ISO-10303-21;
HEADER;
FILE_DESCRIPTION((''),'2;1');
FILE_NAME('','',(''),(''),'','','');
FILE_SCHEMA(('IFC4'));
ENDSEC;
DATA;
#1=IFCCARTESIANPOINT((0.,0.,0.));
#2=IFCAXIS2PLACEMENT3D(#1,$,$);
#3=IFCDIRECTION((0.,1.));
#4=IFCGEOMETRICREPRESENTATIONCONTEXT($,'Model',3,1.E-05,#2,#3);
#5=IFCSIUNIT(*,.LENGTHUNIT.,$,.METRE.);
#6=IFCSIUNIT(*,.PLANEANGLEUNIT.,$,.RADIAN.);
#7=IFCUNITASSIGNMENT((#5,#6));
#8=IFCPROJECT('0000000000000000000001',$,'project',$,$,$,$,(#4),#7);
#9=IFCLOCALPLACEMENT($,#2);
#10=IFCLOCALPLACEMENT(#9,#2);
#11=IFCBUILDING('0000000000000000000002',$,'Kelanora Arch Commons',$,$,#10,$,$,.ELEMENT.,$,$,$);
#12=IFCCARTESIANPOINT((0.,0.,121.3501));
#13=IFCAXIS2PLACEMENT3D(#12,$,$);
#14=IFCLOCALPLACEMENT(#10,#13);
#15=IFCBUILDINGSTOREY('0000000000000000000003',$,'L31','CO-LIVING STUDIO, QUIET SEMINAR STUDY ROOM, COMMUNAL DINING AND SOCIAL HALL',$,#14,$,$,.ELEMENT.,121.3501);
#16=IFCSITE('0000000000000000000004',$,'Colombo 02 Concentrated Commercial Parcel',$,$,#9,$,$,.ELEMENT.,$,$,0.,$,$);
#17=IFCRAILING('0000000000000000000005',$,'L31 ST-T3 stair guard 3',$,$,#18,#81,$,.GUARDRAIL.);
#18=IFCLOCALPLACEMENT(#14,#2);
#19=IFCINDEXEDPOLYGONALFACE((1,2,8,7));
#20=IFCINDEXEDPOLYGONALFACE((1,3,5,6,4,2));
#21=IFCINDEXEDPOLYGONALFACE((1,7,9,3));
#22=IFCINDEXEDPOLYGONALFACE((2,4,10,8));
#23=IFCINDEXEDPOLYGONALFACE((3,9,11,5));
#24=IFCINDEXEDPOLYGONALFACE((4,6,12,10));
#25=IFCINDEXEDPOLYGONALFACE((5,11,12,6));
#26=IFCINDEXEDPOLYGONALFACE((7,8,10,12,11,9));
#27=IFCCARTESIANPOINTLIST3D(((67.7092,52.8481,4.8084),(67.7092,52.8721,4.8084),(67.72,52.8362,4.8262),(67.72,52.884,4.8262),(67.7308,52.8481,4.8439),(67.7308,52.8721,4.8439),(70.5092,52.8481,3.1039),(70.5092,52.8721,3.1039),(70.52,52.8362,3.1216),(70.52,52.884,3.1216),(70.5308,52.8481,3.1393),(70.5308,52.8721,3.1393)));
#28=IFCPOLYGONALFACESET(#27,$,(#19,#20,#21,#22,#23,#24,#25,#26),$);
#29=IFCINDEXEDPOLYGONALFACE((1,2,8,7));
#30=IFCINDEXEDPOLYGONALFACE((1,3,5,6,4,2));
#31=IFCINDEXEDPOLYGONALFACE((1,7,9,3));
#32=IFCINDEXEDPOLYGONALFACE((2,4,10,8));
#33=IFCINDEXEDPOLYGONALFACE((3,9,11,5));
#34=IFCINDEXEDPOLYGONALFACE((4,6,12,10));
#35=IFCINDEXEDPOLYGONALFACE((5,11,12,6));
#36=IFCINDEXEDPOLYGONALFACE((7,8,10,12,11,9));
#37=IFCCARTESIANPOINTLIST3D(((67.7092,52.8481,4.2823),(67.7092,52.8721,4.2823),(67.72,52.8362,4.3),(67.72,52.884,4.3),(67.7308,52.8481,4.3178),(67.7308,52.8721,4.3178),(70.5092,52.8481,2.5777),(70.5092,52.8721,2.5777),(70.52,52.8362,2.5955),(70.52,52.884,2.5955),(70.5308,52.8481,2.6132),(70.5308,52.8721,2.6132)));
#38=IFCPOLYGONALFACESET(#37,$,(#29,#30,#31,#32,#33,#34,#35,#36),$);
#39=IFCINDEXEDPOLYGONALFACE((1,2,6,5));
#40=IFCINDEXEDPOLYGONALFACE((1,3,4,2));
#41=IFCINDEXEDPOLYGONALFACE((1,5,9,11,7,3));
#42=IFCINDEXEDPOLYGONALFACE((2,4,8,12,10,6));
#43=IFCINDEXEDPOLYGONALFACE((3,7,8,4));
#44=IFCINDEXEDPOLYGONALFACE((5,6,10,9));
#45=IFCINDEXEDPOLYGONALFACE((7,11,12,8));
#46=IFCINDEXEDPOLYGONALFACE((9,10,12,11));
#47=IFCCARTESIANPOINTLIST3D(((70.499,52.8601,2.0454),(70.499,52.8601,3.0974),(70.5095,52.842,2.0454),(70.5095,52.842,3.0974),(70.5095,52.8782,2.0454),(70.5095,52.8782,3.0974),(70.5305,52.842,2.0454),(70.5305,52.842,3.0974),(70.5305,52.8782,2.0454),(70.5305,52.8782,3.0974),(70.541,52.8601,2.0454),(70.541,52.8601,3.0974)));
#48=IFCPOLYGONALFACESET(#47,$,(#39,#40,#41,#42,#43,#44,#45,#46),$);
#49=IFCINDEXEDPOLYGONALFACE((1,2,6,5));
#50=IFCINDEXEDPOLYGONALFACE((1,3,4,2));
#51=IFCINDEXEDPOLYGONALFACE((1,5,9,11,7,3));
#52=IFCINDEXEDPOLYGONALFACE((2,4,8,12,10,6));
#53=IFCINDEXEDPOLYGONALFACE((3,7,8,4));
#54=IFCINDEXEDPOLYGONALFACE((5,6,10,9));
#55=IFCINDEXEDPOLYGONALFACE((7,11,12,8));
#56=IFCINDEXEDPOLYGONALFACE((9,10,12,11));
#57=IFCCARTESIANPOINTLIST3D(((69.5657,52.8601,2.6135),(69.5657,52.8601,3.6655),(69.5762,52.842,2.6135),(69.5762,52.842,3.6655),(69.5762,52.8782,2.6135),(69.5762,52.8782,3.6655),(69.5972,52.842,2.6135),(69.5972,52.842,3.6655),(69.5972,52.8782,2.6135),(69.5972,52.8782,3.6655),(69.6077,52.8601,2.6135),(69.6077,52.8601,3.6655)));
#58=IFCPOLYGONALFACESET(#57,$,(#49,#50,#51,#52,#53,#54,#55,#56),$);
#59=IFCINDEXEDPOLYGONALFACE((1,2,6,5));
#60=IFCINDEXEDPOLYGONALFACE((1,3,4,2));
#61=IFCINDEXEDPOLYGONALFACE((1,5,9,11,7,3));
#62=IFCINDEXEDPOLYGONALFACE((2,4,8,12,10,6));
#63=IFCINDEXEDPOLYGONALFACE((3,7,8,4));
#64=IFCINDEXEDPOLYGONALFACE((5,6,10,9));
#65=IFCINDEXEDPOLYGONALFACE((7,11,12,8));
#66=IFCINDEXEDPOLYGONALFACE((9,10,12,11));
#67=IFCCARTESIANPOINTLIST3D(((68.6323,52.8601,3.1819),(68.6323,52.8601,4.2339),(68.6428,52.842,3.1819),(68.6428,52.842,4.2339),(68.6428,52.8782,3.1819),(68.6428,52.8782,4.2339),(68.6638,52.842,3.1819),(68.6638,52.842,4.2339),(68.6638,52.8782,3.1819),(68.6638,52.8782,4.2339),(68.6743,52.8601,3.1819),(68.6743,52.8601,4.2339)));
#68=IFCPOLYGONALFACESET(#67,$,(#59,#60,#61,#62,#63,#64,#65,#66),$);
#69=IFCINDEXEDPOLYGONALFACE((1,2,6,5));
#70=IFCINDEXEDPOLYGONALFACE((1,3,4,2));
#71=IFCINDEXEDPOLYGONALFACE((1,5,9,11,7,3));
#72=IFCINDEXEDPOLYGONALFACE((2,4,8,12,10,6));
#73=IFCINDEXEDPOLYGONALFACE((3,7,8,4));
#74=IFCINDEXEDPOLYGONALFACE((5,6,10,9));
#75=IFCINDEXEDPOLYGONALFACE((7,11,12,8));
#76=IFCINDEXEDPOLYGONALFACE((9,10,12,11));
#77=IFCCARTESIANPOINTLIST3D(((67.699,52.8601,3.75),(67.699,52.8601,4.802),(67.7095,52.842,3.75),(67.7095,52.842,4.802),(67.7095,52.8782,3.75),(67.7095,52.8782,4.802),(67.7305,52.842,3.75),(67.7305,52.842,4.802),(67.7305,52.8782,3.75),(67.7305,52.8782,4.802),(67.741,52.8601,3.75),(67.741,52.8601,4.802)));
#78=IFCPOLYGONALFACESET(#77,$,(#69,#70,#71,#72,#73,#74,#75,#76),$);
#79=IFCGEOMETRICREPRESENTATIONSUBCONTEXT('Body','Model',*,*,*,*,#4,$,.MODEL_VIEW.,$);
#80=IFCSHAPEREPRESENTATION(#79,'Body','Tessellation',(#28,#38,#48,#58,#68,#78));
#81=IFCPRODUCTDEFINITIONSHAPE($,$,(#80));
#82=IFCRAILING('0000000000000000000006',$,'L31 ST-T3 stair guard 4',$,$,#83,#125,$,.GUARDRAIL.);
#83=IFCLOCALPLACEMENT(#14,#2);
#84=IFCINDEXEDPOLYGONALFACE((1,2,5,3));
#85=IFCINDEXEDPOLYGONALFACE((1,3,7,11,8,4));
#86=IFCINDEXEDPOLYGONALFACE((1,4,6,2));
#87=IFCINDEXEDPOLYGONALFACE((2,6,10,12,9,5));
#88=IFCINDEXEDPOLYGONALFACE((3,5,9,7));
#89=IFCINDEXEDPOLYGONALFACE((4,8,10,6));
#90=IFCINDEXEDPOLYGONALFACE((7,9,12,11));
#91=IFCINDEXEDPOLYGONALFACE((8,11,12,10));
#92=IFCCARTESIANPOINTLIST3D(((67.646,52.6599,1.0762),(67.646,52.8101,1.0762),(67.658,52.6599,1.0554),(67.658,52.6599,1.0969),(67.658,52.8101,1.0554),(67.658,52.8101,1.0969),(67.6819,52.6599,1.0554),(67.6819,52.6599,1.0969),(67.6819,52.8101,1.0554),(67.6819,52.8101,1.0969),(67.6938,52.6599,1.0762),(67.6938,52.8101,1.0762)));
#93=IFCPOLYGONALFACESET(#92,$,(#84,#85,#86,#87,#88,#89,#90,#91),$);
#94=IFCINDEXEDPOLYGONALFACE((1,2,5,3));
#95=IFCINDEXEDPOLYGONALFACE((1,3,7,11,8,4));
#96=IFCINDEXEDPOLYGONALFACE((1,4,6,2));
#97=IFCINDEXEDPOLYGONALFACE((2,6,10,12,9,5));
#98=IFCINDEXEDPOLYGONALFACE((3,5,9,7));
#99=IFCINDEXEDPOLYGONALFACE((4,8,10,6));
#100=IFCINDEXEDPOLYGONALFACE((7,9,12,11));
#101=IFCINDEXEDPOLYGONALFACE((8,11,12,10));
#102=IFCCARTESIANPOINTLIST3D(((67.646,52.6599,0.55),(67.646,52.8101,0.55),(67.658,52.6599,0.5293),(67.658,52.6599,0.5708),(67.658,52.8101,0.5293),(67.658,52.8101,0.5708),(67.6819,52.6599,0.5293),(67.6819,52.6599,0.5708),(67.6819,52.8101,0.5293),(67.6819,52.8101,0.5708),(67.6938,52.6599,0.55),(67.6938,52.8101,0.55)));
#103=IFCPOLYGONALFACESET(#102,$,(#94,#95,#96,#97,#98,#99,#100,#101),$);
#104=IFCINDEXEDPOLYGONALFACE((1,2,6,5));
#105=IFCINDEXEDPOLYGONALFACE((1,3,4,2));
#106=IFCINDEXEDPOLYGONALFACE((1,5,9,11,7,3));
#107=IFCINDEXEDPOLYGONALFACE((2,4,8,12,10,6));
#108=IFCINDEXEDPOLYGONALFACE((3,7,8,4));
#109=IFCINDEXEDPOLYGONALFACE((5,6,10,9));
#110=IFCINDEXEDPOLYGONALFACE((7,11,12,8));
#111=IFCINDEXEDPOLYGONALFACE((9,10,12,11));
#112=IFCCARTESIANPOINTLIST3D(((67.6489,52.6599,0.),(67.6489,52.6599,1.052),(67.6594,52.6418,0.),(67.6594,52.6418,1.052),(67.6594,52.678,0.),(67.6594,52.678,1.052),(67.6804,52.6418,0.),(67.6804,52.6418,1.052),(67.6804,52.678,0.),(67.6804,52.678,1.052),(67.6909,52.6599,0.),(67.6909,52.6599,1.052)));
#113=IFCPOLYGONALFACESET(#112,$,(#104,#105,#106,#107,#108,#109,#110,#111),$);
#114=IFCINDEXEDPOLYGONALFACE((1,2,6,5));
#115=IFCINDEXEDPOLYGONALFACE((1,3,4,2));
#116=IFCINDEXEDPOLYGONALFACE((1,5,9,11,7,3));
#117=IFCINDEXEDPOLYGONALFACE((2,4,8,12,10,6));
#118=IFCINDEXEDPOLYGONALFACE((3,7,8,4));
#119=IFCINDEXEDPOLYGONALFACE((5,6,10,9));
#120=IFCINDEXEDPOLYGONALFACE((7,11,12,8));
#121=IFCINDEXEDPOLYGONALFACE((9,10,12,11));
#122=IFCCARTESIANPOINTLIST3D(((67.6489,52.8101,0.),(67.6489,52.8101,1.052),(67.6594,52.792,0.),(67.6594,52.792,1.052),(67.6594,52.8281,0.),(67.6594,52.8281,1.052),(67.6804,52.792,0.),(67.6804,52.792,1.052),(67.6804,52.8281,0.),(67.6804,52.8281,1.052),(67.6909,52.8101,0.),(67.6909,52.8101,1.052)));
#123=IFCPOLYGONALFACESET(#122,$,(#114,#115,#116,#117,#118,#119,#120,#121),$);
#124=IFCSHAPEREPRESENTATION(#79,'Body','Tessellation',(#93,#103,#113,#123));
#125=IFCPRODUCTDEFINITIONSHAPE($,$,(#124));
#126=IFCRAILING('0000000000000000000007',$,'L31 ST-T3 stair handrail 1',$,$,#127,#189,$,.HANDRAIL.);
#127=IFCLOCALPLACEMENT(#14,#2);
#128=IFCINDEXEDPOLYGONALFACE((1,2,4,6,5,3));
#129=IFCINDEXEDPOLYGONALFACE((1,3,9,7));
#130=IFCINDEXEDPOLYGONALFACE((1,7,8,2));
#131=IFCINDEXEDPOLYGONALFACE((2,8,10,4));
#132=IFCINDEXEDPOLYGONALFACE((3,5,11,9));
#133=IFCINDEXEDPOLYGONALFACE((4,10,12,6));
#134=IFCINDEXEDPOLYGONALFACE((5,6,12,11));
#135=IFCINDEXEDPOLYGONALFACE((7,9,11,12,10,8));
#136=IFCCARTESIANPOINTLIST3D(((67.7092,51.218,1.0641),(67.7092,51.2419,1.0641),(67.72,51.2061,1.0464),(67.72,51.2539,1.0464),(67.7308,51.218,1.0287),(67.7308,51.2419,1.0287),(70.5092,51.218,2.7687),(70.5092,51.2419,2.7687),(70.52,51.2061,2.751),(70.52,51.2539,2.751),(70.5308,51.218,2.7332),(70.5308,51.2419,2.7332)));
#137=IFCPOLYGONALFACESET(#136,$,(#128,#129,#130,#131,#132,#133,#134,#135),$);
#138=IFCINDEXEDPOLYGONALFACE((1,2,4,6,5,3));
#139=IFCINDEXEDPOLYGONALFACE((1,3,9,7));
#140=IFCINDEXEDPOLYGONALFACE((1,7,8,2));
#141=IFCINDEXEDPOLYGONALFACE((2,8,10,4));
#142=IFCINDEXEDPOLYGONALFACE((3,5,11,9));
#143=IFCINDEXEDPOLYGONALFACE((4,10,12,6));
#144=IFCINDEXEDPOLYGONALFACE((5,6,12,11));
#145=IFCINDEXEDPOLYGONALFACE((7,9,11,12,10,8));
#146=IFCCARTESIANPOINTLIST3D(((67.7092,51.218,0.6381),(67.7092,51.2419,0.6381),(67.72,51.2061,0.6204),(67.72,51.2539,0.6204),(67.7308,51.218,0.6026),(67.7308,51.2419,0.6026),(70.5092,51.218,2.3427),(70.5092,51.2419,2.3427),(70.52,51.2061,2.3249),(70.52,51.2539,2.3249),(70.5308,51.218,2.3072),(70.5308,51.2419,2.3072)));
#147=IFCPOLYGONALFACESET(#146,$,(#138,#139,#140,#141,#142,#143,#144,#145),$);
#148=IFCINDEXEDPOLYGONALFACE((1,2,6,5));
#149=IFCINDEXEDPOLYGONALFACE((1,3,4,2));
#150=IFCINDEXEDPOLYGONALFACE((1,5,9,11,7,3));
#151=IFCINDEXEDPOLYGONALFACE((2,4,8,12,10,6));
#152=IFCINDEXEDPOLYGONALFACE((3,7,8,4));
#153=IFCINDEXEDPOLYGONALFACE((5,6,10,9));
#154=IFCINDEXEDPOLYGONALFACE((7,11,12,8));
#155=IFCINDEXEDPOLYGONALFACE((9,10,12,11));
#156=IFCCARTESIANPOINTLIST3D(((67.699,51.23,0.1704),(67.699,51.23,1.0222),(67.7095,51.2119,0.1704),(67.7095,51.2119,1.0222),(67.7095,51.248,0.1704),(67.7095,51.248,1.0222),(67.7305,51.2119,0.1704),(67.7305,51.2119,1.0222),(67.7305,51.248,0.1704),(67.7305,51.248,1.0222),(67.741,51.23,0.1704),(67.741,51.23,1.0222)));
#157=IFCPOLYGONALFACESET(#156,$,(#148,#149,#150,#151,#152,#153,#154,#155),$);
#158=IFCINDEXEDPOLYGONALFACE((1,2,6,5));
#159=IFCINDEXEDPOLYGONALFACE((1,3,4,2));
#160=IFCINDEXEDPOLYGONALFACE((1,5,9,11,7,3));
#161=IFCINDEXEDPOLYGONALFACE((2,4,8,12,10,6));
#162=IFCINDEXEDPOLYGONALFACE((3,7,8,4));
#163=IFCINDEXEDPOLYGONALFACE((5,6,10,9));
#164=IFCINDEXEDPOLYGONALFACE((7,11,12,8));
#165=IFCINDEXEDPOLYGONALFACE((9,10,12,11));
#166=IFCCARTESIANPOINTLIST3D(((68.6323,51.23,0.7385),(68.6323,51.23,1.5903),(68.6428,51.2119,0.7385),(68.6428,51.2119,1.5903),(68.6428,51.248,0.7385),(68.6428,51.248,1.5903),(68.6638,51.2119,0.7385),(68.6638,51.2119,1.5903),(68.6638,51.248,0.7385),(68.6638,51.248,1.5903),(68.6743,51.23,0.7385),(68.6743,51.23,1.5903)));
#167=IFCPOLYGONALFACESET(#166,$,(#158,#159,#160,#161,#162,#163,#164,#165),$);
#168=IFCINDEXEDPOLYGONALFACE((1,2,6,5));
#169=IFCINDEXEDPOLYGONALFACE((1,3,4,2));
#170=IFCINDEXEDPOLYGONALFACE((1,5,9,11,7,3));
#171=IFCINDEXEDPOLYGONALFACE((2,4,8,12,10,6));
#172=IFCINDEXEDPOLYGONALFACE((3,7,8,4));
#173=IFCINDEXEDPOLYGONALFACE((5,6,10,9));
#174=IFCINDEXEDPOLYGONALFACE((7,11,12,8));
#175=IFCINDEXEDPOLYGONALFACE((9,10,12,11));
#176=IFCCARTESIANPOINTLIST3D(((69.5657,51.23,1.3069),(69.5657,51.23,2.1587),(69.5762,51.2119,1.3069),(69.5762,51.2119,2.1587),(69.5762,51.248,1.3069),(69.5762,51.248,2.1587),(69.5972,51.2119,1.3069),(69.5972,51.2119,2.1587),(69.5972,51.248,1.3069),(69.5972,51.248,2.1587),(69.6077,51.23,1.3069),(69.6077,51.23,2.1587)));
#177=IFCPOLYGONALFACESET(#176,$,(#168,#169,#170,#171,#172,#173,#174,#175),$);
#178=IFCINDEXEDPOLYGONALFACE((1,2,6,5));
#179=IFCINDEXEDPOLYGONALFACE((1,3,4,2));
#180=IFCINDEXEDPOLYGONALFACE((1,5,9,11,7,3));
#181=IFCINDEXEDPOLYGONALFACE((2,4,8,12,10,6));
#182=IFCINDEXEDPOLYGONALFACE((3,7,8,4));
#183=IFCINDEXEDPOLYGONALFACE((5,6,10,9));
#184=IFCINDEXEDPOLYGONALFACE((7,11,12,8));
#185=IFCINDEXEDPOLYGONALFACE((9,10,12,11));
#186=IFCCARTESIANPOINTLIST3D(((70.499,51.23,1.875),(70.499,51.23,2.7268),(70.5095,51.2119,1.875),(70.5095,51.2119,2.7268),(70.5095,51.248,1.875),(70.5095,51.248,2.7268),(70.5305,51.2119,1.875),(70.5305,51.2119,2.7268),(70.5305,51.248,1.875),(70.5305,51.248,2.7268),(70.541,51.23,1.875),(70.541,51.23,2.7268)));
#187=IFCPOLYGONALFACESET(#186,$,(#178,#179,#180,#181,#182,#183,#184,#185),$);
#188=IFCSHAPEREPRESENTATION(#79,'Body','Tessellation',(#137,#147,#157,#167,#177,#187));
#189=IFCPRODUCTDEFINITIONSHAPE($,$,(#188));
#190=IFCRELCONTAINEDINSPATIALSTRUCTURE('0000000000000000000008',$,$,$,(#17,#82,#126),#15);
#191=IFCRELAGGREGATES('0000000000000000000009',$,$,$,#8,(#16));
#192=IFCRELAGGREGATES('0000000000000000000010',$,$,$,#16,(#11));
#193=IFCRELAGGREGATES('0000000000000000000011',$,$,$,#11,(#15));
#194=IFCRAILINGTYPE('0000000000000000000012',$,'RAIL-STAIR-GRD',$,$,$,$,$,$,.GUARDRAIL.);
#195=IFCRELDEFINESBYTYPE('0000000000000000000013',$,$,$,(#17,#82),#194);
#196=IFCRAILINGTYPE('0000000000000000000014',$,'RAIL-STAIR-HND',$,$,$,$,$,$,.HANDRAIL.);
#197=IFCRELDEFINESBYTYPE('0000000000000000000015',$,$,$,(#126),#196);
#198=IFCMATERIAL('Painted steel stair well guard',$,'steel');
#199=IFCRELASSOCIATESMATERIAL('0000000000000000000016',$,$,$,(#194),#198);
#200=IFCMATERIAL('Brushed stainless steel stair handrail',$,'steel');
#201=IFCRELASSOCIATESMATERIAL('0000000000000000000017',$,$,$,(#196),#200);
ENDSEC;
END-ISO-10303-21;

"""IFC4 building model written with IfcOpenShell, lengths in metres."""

from ifc_helpers import new_model, si_unit, direction, frame, origin, place, context, subcontext, project, spatial, polyline, outline, extrude, material, type_object, element, save


model = new_model("IFC4")

# Units and contexts
model_context = context("Model", 3, precision=1e-05, world=origin(), true_north=direction((0.0, 1.0)))
body_context = subcontext(model_context, "Body", "Model", "MODEL_VIEW")
ifc_project = project(units=[si_unit("LENGTHUNIT", "METRE"), si_unit("PLANEANGLEUNIT", "RADIAN")], contexts=[model_context])

# Site, building, storey
site_placement = place(None, origin())
site = spatial("IfcSite", under=ifc_project, at=site_placement, Name="Colombo 02 Concentrated Commercial Parcel", CompositionType="ELEMENT", RefElevation=0.0)
building_placement = place(site_placement, origin())
building = spatial("IfcBuilding", under=site, at=building_placement, Name="Kelanora Arch Commons", CompositionType="ELEMENT")
storey_placement = place(building_placement, frame((0.0, 0.0, 121.3501)))
storey = spatial("IfcBuildingStorey", under=building, at=storey_placement, Name="L31", Description="CO-LIVING STUDIO, QUIET SEMINAR STUDY ROOM, COMMUNAL DINING AND SOCIAL HALL", CompositionType="ELEMENT", Elevation=121.3501)

# Railings
ifc_material_1 = material(Name="Painted steel stair well guard", Category="steel")
railing_type_1 = type_object("IfcRailingType", Name="RAIL-STAIR-GRD", PredefinedType="GUARDRAIL", material=ifc_material_1)
railing_1_placement = place(storey_placement, frame((70.52, 52.8601, 2.0454)))
element("IfcRailing", 1, at=railing_1_placement, inside=storey, type_object=railing_type_1, Name="L31 ST-T3 stair guard 3", PredefinedType="GUARDRAIL", context=body_context, shape_type="SweptSolid", body=[
    extrude(outline(polyline([(0.0239, 0.0), (0.012, 0.0208), (-0.012, 0.0208), (-0.0239, 0.0), (-0.012, -0.0208), (0.012, -0.0208), (0.0239, 0.0)])), frame((0.0, 0.0, 1.0762), z_axis=(-0.85417, 0.0, 0.519994), x_axis=(0.0, -1.0, 0.0)), (0.0, 0.0, 1.0), 3.2781),
    extrude(outline(polyline([(0.0239, 0.0), (0.012, 0.0208), (-0.012, 0.0208), (-0.0239, 0.0), (-0.012, -0.0208), (0.012, -0.0208), (0.0239, 0.0)])), frame((0.0, 0.0, 0.55), z_axis=(-0.85417, 0.0, 0.519994), x_axis=(0.0, -1.0, 0.0)), (0.0, 0.0, 1.0), 3.2781),
    extrude(outline(polyline([(0.021, 0.0), (0.0105, 0.0181), (-0.0105, 0.0181), (-0.021, 0.0), (-0.0105, -0.0181), (0.0105, -0.0181), (0.021, 0.0)])), origin(), (0.0, 0.0, 1.0), 1.052),
    extrude(outline(polyline([(0.021, 0.0), (0.0105, 0.0181), (-0.0105, 0.0181), (-0.021, 0.0), (-0.0105, -0.0181), (0.0105, -0.0181), (0.021, 0.0)])), frame((-0.9333, 0.0, 0.5681)), (0.0, 0.0, 1.0), 1.052),
    extrude(outline(polyline([(0.021, 0.0), (0.0105, 0.0181), (-0.0105, 0.0181), (-0.021, 0.0), (-0.0105, -0.0181), (0.0105, -0.0181), (0.021, 0.0)])), frame((-1.8667, 0.0, 1.1365)), (0.0, 0.0, 1.0), 1.052),
    extrude(outline(polyline([(0.021, 0.0), (0.0105, 0.0181), (-0.0105, 0.0181), (-0.021, 0.0), (-0.0105, -0.0181), (0.0105, -0.0181), (0.021, 0.0)])), frame((-2.8, 0.0, 1.7046)), (0.0, 0.0, 1.0), 1.052),
])
railing_2_placement = place(storey_placement, frame((67.6699, 52.6599, 0.0)))
element("IfcRailing", 2, at=railing_2_placement, inside=storey, type_object=railing_type_1, Name="L31 ST-T3 stair guard 4", PredefinedType="GUARDRAIL", context=body_context, shape_type="SweptSolid", body=[
    extrude(outline(polyline([(0.0239, 0.0), (0.012, 0.0208), (-0.012, 0.0208), (-0.0239, 0.0), (-0.012, -0.0208), (0.012, -0.0208), (0.0239, 0.0)])), frame((0.0, 0.0, 1.0762), z_axis=(0.0, 1.0, 0.0), x_axis=(-1.0, 0.0, 0.0)), (0.0, 0.0, 1.0), 0.1501),
    extrude(outline(polyline([(0.0239, 0.0), (0.012, 0.0208), (-0.012, 0.0208), (-0.0239, 0.0), (-0.012, -0.0208), (0.012, -0.0208), (0.0239, 0.0)])), frame((0.0, 0.0, 0.55), z_axis=(0.0, 1.0, 0.0), x_axis=(-1.0, 0.0, 0.0)), (0.0, 0.0, 1.0), 0.1501),
    extrude(outline(polyline([(0.021, 0.0), (0.0105, 0.0181), (-0.0105, 0.0181), (-0.021, 0.0), (-0.0105, -0.0181), (0.0105, -0.0181), (0.021, 0.0)])), origin(), (0.0, 0.0, 1.0), 1.052),
    extrude(outline(polyline([(0.021, 0.0), (0.0105, 0.0181), (-0.0105, 0.0181), (-0.021, 0.0), (-0.0105, -0.0181), (0.0105, -0.0181), (0.021, 0.0)])), frame((0.0, 0.1501, 0.0)), (0.0, 0.0, 1.0), 1.052),
])
ifc_material_2 = material(Name="Brushed stainless steel stair handrail", Category="steel")
railing_type_2 = type_object("IfcRailingType", Name="RAIL-STAIR-HND", PredefinedType="HANDRAIL", material=ifc_material_2)
railing_3_placement = place(storey_placement, frame((67.72, 51.23, 0.1704)))
element("IfcRailing", 3, at=railing_3_placement, inside=storey, type_object=railing_type_2, Name="L31 ST-T3 stair handrail 1", PredefinedType="HANDRAIL", context=body_context, shape_type="SweptSolid", body=[
    extrude(outline(polyline([(0.0239, 0.0), (0.012, 0.0208), (-0.012, 0.0208), (-0.0239, 0.0), (-0.012, -0.0208), (0.012, -0.0208), (0.0239, 0.0)])), frame((0.0, 0.0, 0.876), z_axis=(0.85417, 0.0, 0.519994), x_axis=(0.0, 1.0, 0.0)), (0.0, 0.0, 1.0), 3.2781),
    extrude(outline(polyline([(0.0239, 0.0), (0.012, 0.0208), (-0.012, 0.0208), (-0.0239, 0.0), (-0.012, -0.0208), (0.012, -0.0208), (0.0239, 0.0)])), frame((0.0, 0.0, 0.45), z_axis=(0.85417, 0.0, 0.519994), x_axis=(0.0, 1.0, 0.0)), (0.0, 0.0, 1.0), 3.2781),
    extrude(outline(polyline([(0.021, 0.0), (0.0105, 0.0181), (-0.0105, 0.0181), (-0.021, 0.0), (-0.0105, -0.0181), (0.0105, -0.0181), (0.021, 0.0)])), origin(), (0.0, 0.0, 1.0), 0.8518),
    extrude(outline(polyline([(0.021, 0.0), (0.0105, 0.0181), (-0.0105, 0.0181), (-0.021, 0.0), (-0.0105, -0.0181), (0.0105, -0.0181), (0.021, 0.0)])), frame((0.9333, 0.0, 0.5681)), (0.0, 0.0, 1.0), 0.8518),
    extrude(outline(polyline([(0.021, 0.0), (0.0105, 0.0181), (-0.0105, 0.0181), (-0.021, 0.0), (-0.0105, -0.0181), (0.0105, -0.0181), (0.021, 0.0)])), frame((1.8667, 0.0, 1.1365)), (0.0, 0.0, 1.0), 0.8518),
    extrude(outline(polyline([(0.021, 0.0), (0.0105, 0.0181), (-0.0105, 0.0181), (-0.021, 0.0), (-0.0105, -0.0181), (0.0105, -0.0181), (0.021, 0.0)])), frame((2.8, 0.0, 1.7046)), (0.0, 0.0, 1.0), 0.8518),
])

save(model, "model.ifc")
